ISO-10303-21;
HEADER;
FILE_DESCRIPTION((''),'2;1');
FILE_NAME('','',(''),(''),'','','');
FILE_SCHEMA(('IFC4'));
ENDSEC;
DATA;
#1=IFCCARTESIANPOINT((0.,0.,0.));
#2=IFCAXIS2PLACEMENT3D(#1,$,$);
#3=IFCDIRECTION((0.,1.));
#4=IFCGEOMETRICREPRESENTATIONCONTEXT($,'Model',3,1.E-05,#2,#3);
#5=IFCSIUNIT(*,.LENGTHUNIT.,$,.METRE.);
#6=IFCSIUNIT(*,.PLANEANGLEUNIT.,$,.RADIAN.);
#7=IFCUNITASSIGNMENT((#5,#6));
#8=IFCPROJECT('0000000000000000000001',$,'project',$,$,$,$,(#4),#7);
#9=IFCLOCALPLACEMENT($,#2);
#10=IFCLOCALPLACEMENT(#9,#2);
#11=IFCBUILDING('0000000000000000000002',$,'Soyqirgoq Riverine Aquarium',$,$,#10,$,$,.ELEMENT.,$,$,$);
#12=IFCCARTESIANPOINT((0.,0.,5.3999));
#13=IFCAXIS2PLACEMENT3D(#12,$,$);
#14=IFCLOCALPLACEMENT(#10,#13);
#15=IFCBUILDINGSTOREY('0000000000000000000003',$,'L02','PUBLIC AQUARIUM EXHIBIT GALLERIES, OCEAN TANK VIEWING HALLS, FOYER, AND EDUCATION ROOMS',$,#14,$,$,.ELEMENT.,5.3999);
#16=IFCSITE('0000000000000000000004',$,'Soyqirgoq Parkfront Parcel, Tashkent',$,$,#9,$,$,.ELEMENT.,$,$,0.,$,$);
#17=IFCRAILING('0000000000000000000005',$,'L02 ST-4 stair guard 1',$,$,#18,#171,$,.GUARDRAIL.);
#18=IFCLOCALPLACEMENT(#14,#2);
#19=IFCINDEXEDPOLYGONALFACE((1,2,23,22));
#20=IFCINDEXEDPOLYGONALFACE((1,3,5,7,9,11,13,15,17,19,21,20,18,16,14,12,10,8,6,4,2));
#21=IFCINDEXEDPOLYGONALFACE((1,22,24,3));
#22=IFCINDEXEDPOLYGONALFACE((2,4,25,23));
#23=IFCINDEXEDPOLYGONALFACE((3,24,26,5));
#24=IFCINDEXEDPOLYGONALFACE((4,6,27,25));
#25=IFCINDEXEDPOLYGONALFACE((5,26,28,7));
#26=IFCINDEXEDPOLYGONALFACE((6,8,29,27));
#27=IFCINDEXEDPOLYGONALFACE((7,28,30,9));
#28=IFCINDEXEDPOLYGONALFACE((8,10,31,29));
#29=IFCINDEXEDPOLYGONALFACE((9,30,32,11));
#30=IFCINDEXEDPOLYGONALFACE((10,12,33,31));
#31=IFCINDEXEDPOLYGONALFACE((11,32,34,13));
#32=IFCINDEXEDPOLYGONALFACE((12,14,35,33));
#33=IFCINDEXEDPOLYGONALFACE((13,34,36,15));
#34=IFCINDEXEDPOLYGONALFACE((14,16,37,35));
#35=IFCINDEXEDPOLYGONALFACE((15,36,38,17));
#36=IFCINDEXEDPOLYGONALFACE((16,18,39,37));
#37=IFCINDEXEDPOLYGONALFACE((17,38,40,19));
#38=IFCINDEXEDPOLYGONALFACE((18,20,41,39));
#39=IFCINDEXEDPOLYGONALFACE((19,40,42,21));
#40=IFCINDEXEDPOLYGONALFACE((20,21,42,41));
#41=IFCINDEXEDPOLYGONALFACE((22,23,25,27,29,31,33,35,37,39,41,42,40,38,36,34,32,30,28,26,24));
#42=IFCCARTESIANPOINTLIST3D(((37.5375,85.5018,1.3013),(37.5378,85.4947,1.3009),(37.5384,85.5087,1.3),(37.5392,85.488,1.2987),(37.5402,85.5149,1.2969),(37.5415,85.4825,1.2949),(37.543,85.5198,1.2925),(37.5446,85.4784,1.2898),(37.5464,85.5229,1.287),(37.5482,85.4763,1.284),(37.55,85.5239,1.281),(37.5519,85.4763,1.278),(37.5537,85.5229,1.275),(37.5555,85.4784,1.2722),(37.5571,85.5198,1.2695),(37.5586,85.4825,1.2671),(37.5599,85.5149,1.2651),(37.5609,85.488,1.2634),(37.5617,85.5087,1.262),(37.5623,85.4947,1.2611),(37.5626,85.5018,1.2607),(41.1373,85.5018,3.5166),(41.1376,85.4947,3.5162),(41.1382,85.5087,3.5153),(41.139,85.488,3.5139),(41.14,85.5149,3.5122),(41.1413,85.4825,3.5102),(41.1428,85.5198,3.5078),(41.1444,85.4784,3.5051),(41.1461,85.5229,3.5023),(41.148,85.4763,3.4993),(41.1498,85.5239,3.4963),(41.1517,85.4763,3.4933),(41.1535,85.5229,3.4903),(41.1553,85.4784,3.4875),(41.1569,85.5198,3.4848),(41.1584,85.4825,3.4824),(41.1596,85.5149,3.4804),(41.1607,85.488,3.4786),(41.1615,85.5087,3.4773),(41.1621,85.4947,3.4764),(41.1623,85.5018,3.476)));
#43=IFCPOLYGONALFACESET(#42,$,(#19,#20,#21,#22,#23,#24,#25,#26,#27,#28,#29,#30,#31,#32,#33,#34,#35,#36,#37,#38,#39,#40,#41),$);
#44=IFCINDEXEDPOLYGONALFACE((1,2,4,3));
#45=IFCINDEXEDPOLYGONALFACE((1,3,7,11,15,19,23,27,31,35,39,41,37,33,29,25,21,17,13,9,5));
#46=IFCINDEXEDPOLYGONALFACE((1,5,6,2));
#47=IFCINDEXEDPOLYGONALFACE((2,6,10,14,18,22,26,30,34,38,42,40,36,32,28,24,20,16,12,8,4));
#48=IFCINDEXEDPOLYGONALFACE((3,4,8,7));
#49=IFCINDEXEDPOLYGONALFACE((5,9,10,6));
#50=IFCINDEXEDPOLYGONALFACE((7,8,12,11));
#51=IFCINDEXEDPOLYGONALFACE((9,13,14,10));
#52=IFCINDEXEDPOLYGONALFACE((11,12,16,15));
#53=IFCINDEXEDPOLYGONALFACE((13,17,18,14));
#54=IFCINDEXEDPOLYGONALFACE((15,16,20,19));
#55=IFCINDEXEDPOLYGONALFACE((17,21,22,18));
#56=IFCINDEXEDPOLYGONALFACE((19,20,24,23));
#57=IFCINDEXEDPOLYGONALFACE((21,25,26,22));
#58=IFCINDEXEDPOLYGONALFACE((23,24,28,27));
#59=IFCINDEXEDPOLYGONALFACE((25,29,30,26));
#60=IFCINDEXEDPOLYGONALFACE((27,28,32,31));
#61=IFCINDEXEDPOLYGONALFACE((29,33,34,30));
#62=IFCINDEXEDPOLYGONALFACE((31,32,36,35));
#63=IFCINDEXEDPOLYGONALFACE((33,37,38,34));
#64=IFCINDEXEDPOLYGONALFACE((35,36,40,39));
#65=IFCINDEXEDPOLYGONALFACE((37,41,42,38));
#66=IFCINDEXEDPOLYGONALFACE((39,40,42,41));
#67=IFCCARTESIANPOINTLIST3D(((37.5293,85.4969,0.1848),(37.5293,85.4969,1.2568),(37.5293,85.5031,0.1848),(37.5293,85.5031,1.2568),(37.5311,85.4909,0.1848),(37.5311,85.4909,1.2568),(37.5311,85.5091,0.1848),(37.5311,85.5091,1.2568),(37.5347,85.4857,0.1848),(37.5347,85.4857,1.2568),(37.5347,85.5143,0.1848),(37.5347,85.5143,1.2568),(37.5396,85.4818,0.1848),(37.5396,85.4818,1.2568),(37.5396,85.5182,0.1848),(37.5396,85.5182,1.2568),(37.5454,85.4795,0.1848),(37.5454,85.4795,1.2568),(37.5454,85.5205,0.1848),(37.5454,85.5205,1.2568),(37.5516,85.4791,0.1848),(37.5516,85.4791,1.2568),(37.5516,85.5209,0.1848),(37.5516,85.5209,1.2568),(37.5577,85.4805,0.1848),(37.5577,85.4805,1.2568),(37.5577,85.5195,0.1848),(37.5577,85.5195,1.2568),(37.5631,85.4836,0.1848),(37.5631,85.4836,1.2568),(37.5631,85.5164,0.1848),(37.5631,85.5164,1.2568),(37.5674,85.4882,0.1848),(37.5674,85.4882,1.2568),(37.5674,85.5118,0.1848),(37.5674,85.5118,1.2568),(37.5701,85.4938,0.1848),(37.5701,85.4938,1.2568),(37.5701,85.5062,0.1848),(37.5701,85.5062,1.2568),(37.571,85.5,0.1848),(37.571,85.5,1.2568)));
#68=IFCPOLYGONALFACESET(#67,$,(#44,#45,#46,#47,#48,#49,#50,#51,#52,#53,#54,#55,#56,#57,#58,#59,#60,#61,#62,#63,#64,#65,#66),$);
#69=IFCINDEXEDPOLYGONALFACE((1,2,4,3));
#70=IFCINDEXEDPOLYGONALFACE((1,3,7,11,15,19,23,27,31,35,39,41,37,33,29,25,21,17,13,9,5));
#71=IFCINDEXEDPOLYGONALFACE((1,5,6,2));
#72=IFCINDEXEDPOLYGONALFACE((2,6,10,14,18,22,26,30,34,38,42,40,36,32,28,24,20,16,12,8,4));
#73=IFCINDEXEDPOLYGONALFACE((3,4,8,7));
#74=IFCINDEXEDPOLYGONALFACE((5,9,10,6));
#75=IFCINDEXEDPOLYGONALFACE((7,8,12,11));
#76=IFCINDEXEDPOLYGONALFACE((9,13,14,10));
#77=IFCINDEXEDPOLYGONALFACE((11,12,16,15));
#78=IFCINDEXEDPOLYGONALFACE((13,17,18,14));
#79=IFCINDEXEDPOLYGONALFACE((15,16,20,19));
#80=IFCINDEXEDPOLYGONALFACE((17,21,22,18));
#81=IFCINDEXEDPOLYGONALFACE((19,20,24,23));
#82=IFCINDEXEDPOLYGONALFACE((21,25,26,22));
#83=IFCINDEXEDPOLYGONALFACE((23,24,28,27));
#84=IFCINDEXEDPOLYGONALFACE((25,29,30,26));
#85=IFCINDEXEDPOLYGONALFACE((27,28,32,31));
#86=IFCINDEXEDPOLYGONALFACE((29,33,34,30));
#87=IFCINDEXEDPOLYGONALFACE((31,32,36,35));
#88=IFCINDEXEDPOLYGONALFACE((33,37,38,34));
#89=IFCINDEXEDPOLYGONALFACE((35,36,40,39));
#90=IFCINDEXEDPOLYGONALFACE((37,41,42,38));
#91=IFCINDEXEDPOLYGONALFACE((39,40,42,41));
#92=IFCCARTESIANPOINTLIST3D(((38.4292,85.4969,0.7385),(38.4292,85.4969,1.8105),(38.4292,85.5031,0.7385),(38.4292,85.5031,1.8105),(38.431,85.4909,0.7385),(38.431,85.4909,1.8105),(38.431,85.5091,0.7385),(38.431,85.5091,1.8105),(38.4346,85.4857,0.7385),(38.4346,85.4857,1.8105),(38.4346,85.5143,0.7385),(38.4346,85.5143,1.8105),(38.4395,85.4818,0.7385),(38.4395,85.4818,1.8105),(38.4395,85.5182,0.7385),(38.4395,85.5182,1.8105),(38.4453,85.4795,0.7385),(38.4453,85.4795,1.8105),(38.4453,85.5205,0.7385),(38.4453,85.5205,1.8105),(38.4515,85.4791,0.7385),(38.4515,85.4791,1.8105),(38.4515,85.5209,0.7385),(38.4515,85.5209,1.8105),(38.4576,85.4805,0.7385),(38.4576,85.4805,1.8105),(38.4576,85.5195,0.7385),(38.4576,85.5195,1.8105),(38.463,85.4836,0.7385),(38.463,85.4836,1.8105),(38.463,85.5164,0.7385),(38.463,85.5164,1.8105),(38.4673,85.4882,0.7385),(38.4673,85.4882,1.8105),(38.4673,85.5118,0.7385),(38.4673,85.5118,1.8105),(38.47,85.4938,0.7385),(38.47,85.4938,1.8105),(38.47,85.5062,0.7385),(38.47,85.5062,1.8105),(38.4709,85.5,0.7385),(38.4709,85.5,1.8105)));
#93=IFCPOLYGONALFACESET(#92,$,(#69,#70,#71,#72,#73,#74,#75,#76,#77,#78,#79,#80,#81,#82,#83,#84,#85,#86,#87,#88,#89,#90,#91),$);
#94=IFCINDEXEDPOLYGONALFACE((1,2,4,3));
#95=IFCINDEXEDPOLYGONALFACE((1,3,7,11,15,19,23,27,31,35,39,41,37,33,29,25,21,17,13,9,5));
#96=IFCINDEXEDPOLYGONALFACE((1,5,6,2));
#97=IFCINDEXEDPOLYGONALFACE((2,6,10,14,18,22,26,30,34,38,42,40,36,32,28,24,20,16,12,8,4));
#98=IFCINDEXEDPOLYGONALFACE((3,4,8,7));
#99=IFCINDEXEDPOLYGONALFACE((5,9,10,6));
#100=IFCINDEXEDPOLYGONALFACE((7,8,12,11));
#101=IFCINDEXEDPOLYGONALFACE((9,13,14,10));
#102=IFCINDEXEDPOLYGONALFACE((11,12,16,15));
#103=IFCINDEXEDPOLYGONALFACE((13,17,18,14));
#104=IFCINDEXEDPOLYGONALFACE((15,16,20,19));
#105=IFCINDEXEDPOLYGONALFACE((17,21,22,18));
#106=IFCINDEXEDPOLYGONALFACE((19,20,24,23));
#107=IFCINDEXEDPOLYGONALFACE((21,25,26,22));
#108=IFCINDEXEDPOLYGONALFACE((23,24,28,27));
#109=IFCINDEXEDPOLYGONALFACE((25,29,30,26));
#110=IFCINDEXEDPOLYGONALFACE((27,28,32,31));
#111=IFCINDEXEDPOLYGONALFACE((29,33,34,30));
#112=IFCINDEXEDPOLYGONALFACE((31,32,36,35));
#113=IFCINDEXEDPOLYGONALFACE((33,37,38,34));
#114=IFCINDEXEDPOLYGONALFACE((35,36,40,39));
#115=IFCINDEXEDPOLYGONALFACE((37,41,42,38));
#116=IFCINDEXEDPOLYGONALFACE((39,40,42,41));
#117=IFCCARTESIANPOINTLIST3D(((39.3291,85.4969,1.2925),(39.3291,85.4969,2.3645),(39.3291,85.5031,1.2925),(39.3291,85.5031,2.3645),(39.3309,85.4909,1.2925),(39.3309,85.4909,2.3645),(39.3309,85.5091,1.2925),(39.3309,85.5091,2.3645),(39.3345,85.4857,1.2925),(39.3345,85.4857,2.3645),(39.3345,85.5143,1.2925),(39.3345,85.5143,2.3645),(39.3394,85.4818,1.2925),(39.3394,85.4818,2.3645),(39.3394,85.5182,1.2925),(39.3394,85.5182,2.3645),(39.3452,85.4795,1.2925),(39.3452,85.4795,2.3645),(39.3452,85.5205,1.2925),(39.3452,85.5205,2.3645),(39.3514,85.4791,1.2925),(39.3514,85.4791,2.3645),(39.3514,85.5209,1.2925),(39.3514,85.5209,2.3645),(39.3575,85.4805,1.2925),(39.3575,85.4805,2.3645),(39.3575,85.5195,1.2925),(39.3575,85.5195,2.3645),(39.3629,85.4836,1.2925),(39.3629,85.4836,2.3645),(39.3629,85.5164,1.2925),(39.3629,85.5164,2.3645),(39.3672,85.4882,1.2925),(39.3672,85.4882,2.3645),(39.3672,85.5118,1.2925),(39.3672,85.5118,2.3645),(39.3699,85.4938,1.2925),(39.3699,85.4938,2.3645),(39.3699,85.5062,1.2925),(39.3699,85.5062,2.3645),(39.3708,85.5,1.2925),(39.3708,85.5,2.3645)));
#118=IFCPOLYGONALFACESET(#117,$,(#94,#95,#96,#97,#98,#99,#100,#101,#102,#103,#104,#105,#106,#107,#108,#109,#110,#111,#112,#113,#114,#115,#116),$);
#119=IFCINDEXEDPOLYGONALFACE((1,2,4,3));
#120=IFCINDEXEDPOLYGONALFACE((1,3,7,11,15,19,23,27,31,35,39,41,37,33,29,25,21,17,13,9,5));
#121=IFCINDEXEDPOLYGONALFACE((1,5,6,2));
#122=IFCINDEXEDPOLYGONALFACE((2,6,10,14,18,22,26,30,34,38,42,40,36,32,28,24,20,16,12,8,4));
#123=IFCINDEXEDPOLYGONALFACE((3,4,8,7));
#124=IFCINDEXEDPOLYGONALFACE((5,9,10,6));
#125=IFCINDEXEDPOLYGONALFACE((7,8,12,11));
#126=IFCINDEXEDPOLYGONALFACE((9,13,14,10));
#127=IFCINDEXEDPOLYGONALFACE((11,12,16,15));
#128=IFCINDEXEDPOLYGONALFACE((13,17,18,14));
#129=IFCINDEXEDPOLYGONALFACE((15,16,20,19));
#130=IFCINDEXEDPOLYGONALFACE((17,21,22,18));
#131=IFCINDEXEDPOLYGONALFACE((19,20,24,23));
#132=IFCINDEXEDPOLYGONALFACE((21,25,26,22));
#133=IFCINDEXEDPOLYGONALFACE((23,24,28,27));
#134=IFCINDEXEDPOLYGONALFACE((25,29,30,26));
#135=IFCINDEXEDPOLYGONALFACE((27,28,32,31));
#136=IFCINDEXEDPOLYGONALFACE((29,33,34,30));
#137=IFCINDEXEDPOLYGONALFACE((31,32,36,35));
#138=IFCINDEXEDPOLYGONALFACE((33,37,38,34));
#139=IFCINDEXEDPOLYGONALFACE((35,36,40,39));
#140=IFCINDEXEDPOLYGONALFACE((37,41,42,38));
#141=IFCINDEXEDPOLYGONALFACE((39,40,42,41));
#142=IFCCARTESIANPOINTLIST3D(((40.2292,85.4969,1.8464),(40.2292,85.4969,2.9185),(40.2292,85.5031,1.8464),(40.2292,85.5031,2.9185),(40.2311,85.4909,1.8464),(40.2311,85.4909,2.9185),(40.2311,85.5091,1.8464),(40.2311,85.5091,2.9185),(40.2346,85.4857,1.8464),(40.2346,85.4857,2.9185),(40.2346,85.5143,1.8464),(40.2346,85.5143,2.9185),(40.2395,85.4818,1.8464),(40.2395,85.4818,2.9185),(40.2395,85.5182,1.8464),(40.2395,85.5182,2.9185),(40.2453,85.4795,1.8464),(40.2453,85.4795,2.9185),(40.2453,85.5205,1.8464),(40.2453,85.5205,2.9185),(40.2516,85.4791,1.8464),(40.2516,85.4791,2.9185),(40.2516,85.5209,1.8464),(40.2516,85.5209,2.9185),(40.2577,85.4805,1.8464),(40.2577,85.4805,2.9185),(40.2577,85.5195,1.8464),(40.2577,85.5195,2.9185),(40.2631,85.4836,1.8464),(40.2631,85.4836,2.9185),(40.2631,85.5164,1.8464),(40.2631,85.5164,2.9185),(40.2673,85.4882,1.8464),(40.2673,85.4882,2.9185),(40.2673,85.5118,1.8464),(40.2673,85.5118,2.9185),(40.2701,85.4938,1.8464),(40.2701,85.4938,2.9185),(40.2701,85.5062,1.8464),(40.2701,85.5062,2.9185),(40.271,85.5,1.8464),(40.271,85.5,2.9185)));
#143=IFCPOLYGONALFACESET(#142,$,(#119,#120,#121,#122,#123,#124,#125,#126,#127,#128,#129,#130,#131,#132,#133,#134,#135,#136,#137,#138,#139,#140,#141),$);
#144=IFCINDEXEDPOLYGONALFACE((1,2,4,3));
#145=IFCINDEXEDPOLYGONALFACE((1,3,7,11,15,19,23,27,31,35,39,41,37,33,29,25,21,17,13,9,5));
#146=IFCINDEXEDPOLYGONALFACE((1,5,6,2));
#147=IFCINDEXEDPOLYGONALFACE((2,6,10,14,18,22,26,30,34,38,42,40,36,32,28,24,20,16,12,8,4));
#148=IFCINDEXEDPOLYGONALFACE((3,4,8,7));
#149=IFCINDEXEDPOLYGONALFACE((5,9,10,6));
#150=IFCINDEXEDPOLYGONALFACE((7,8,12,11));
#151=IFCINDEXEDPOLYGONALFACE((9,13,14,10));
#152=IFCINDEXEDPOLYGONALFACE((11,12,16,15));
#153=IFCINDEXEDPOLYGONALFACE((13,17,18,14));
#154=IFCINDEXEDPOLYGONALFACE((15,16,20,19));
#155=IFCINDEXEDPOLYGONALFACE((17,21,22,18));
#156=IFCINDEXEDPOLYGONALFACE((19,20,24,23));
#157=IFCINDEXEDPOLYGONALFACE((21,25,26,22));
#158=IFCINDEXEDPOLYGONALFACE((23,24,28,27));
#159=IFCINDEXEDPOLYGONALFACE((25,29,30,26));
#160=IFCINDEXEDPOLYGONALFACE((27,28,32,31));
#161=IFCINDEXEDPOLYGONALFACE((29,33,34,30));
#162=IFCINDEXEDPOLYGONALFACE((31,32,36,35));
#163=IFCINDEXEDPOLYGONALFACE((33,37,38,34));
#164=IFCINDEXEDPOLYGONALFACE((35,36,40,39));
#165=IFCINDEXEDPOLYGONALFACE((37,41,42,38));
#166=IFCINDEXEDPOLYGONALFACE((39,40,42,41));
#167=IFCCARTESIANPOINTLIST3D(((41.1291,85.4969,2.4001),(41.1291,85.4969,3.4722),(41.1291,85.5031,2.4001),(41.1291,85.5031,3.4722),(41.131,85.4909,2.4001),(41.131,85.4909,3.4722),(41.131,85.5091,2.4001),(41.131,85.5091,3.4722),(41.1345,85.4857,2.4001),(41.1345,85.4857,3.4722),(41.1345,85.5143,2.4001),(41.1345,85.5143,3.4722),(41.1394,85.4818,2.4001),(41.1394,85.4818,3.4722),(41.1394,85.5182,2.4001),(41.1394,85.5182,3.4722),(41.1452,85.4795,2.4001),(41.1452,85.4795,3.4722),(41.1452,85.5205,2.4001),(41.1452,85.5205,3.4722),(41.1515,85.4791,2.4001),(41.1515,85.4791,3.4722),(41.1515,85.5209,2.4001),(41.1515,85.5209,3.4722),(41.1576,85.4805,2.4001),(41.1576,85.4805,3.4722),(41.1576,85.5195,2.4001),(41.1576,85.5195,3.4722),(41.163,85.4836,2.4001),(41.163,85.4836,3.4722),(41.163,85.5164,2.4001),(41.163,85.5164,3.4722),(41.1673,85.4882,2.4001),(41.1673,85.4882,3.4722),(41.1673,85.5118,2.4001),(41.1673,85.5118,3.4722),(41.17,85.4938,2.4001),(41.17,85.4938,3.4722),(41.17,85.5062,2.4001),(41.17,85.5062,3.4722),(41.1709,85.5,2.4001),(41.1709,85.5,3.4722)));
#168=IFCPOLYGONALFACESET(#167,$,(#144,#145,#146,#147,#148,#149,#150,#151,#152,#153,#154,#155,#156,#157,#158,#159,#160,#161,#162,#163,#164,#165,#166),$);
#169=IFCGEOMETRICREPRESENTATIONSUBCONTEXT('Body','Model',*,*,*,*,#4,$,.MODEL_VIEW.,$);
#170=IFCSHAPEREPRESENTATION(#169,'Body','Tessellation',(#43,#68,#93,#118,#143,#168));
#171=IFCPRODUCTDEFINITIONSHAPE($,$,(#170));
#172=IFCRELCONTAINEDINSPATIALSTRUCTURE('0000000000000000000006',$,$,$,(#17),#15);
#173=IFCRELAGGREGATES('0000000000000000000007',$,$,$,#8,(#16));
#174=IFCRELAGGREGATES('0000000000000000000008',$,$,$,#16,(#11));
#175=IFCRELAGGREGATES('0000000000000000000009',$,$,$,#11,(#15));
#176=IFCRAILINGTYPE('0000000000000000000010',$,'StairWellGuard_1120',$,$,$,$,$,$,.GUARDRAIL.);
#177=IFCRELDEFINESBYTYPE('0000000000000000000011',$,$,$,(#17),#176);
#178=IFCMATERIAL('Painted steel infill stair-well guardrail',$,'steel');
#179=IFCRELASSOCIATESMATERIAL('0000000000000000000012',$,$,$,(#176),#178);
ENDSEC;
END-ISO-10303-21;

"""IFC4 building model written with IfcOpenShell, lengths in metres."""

from ifc_helpers import new_model, si_unit, direction, frame, origin, origin_2d, place, context, subcontext, project, spatial, circle, extrude, material, type_object, element, save


model = new_model("IFC4")

# Units and contexts
model_context = context("Model", 3, precision=1e-05, world=origin(), true_north=direction((0.0, 1.0)))
body_context = subcontext(model_context, "Body", "Model", "MODEL_VIEW")
ifc_project = project(units=[si_unit("LENGTHUNIT", "METRE"), si_unit("PLANEANGLEUNIT", "RADIAN")], contexts=[model_context])

# Site, building, storey
site_placement = place(None, origin())
site = spatial("IfcSite", under=ifc_project, at=site_placement, Name="Soyqirgoq Parkfront Parcel, Tashkent", CompositionType="ELEMENT", RefElevation=0.0)
building_placement = place(site_placement, origin())
building = spatial("IfcBuilding", under=site, at=building_placement, Name="Soyqirgoq Riverine Aquarium", CompositionType="ELEMENT")
storey_placement = place(building_placement, frame((0.0, 0.0, 5.3999)))
storey = spatial("IfcBuildingStorey", under=building, at=storey_placement, Name="L02", Description="PUBLIC AQUARIUM EXHIBIT GALLERIES, OCEAN TANK VIEWING HALLS, FOYER, AND EDUCATION ROOMS", CompositionType="ELEMENT", Elevation=5.3999)

# Railing
ifc_material_1 = material(Name="Painted steel infill stair-well guardrail", Category="steel")
railing_type_1 = type_object("IfcRailingType", Name="StairWellGuard_1120", PredefinedType="GUARDRAIL", material=ifc_material_1)
railing_1_placement = place(storey_placement, frame((37.55, 85.5, 0.1848)))
element("IfcRailing", 1, at=railing_1_placement, inside=storey, type_object=railing_type_1, Name="L02 ST-4 stair guard 1", PredefinedType="GUARDRAIL", context=body_context, shape_type="SweptSolid", body=[
    extrude(circle(Radius=0.0239, at=origin_2d()), frame((0.0, 0.0, 1.0962), z_axis=(0.851654, 0.0, 0.524104), x_axis=(0.0, 1.0, 0.0)), (0.0, 0.0, 1.0), 4.2268),
    extrude(circle(Radius=0.021, at=origin_2d()), origin(), (0.0, 0.0, 1.0), 1.072),
    extrude(circle(Radius=0.021, at=origin_2d()), frame((0.8999, 0.0, 0.5537)), (0.0, 0.0, 1.0), 1.072),
    extrude(circle(Radius=0.021, at=origin_2d()), frame((1.7998, 0.0, 1.1077)), (0.0, 0.0, 1.0), 1.072),
    extrude(circle(Radius=0.021, at=origin_2d()), frame((2.7, 0.0, 1.6616)), (0.0, 0.0, 1.0), 1.072),
    extrude(circle(Radius=0.021, at=origin_2d()), frame((3.5999, 0.0, 2.2153)), (0.0, 0.0, 1.0), 1.072),
])

save(model, "model.ifc")
